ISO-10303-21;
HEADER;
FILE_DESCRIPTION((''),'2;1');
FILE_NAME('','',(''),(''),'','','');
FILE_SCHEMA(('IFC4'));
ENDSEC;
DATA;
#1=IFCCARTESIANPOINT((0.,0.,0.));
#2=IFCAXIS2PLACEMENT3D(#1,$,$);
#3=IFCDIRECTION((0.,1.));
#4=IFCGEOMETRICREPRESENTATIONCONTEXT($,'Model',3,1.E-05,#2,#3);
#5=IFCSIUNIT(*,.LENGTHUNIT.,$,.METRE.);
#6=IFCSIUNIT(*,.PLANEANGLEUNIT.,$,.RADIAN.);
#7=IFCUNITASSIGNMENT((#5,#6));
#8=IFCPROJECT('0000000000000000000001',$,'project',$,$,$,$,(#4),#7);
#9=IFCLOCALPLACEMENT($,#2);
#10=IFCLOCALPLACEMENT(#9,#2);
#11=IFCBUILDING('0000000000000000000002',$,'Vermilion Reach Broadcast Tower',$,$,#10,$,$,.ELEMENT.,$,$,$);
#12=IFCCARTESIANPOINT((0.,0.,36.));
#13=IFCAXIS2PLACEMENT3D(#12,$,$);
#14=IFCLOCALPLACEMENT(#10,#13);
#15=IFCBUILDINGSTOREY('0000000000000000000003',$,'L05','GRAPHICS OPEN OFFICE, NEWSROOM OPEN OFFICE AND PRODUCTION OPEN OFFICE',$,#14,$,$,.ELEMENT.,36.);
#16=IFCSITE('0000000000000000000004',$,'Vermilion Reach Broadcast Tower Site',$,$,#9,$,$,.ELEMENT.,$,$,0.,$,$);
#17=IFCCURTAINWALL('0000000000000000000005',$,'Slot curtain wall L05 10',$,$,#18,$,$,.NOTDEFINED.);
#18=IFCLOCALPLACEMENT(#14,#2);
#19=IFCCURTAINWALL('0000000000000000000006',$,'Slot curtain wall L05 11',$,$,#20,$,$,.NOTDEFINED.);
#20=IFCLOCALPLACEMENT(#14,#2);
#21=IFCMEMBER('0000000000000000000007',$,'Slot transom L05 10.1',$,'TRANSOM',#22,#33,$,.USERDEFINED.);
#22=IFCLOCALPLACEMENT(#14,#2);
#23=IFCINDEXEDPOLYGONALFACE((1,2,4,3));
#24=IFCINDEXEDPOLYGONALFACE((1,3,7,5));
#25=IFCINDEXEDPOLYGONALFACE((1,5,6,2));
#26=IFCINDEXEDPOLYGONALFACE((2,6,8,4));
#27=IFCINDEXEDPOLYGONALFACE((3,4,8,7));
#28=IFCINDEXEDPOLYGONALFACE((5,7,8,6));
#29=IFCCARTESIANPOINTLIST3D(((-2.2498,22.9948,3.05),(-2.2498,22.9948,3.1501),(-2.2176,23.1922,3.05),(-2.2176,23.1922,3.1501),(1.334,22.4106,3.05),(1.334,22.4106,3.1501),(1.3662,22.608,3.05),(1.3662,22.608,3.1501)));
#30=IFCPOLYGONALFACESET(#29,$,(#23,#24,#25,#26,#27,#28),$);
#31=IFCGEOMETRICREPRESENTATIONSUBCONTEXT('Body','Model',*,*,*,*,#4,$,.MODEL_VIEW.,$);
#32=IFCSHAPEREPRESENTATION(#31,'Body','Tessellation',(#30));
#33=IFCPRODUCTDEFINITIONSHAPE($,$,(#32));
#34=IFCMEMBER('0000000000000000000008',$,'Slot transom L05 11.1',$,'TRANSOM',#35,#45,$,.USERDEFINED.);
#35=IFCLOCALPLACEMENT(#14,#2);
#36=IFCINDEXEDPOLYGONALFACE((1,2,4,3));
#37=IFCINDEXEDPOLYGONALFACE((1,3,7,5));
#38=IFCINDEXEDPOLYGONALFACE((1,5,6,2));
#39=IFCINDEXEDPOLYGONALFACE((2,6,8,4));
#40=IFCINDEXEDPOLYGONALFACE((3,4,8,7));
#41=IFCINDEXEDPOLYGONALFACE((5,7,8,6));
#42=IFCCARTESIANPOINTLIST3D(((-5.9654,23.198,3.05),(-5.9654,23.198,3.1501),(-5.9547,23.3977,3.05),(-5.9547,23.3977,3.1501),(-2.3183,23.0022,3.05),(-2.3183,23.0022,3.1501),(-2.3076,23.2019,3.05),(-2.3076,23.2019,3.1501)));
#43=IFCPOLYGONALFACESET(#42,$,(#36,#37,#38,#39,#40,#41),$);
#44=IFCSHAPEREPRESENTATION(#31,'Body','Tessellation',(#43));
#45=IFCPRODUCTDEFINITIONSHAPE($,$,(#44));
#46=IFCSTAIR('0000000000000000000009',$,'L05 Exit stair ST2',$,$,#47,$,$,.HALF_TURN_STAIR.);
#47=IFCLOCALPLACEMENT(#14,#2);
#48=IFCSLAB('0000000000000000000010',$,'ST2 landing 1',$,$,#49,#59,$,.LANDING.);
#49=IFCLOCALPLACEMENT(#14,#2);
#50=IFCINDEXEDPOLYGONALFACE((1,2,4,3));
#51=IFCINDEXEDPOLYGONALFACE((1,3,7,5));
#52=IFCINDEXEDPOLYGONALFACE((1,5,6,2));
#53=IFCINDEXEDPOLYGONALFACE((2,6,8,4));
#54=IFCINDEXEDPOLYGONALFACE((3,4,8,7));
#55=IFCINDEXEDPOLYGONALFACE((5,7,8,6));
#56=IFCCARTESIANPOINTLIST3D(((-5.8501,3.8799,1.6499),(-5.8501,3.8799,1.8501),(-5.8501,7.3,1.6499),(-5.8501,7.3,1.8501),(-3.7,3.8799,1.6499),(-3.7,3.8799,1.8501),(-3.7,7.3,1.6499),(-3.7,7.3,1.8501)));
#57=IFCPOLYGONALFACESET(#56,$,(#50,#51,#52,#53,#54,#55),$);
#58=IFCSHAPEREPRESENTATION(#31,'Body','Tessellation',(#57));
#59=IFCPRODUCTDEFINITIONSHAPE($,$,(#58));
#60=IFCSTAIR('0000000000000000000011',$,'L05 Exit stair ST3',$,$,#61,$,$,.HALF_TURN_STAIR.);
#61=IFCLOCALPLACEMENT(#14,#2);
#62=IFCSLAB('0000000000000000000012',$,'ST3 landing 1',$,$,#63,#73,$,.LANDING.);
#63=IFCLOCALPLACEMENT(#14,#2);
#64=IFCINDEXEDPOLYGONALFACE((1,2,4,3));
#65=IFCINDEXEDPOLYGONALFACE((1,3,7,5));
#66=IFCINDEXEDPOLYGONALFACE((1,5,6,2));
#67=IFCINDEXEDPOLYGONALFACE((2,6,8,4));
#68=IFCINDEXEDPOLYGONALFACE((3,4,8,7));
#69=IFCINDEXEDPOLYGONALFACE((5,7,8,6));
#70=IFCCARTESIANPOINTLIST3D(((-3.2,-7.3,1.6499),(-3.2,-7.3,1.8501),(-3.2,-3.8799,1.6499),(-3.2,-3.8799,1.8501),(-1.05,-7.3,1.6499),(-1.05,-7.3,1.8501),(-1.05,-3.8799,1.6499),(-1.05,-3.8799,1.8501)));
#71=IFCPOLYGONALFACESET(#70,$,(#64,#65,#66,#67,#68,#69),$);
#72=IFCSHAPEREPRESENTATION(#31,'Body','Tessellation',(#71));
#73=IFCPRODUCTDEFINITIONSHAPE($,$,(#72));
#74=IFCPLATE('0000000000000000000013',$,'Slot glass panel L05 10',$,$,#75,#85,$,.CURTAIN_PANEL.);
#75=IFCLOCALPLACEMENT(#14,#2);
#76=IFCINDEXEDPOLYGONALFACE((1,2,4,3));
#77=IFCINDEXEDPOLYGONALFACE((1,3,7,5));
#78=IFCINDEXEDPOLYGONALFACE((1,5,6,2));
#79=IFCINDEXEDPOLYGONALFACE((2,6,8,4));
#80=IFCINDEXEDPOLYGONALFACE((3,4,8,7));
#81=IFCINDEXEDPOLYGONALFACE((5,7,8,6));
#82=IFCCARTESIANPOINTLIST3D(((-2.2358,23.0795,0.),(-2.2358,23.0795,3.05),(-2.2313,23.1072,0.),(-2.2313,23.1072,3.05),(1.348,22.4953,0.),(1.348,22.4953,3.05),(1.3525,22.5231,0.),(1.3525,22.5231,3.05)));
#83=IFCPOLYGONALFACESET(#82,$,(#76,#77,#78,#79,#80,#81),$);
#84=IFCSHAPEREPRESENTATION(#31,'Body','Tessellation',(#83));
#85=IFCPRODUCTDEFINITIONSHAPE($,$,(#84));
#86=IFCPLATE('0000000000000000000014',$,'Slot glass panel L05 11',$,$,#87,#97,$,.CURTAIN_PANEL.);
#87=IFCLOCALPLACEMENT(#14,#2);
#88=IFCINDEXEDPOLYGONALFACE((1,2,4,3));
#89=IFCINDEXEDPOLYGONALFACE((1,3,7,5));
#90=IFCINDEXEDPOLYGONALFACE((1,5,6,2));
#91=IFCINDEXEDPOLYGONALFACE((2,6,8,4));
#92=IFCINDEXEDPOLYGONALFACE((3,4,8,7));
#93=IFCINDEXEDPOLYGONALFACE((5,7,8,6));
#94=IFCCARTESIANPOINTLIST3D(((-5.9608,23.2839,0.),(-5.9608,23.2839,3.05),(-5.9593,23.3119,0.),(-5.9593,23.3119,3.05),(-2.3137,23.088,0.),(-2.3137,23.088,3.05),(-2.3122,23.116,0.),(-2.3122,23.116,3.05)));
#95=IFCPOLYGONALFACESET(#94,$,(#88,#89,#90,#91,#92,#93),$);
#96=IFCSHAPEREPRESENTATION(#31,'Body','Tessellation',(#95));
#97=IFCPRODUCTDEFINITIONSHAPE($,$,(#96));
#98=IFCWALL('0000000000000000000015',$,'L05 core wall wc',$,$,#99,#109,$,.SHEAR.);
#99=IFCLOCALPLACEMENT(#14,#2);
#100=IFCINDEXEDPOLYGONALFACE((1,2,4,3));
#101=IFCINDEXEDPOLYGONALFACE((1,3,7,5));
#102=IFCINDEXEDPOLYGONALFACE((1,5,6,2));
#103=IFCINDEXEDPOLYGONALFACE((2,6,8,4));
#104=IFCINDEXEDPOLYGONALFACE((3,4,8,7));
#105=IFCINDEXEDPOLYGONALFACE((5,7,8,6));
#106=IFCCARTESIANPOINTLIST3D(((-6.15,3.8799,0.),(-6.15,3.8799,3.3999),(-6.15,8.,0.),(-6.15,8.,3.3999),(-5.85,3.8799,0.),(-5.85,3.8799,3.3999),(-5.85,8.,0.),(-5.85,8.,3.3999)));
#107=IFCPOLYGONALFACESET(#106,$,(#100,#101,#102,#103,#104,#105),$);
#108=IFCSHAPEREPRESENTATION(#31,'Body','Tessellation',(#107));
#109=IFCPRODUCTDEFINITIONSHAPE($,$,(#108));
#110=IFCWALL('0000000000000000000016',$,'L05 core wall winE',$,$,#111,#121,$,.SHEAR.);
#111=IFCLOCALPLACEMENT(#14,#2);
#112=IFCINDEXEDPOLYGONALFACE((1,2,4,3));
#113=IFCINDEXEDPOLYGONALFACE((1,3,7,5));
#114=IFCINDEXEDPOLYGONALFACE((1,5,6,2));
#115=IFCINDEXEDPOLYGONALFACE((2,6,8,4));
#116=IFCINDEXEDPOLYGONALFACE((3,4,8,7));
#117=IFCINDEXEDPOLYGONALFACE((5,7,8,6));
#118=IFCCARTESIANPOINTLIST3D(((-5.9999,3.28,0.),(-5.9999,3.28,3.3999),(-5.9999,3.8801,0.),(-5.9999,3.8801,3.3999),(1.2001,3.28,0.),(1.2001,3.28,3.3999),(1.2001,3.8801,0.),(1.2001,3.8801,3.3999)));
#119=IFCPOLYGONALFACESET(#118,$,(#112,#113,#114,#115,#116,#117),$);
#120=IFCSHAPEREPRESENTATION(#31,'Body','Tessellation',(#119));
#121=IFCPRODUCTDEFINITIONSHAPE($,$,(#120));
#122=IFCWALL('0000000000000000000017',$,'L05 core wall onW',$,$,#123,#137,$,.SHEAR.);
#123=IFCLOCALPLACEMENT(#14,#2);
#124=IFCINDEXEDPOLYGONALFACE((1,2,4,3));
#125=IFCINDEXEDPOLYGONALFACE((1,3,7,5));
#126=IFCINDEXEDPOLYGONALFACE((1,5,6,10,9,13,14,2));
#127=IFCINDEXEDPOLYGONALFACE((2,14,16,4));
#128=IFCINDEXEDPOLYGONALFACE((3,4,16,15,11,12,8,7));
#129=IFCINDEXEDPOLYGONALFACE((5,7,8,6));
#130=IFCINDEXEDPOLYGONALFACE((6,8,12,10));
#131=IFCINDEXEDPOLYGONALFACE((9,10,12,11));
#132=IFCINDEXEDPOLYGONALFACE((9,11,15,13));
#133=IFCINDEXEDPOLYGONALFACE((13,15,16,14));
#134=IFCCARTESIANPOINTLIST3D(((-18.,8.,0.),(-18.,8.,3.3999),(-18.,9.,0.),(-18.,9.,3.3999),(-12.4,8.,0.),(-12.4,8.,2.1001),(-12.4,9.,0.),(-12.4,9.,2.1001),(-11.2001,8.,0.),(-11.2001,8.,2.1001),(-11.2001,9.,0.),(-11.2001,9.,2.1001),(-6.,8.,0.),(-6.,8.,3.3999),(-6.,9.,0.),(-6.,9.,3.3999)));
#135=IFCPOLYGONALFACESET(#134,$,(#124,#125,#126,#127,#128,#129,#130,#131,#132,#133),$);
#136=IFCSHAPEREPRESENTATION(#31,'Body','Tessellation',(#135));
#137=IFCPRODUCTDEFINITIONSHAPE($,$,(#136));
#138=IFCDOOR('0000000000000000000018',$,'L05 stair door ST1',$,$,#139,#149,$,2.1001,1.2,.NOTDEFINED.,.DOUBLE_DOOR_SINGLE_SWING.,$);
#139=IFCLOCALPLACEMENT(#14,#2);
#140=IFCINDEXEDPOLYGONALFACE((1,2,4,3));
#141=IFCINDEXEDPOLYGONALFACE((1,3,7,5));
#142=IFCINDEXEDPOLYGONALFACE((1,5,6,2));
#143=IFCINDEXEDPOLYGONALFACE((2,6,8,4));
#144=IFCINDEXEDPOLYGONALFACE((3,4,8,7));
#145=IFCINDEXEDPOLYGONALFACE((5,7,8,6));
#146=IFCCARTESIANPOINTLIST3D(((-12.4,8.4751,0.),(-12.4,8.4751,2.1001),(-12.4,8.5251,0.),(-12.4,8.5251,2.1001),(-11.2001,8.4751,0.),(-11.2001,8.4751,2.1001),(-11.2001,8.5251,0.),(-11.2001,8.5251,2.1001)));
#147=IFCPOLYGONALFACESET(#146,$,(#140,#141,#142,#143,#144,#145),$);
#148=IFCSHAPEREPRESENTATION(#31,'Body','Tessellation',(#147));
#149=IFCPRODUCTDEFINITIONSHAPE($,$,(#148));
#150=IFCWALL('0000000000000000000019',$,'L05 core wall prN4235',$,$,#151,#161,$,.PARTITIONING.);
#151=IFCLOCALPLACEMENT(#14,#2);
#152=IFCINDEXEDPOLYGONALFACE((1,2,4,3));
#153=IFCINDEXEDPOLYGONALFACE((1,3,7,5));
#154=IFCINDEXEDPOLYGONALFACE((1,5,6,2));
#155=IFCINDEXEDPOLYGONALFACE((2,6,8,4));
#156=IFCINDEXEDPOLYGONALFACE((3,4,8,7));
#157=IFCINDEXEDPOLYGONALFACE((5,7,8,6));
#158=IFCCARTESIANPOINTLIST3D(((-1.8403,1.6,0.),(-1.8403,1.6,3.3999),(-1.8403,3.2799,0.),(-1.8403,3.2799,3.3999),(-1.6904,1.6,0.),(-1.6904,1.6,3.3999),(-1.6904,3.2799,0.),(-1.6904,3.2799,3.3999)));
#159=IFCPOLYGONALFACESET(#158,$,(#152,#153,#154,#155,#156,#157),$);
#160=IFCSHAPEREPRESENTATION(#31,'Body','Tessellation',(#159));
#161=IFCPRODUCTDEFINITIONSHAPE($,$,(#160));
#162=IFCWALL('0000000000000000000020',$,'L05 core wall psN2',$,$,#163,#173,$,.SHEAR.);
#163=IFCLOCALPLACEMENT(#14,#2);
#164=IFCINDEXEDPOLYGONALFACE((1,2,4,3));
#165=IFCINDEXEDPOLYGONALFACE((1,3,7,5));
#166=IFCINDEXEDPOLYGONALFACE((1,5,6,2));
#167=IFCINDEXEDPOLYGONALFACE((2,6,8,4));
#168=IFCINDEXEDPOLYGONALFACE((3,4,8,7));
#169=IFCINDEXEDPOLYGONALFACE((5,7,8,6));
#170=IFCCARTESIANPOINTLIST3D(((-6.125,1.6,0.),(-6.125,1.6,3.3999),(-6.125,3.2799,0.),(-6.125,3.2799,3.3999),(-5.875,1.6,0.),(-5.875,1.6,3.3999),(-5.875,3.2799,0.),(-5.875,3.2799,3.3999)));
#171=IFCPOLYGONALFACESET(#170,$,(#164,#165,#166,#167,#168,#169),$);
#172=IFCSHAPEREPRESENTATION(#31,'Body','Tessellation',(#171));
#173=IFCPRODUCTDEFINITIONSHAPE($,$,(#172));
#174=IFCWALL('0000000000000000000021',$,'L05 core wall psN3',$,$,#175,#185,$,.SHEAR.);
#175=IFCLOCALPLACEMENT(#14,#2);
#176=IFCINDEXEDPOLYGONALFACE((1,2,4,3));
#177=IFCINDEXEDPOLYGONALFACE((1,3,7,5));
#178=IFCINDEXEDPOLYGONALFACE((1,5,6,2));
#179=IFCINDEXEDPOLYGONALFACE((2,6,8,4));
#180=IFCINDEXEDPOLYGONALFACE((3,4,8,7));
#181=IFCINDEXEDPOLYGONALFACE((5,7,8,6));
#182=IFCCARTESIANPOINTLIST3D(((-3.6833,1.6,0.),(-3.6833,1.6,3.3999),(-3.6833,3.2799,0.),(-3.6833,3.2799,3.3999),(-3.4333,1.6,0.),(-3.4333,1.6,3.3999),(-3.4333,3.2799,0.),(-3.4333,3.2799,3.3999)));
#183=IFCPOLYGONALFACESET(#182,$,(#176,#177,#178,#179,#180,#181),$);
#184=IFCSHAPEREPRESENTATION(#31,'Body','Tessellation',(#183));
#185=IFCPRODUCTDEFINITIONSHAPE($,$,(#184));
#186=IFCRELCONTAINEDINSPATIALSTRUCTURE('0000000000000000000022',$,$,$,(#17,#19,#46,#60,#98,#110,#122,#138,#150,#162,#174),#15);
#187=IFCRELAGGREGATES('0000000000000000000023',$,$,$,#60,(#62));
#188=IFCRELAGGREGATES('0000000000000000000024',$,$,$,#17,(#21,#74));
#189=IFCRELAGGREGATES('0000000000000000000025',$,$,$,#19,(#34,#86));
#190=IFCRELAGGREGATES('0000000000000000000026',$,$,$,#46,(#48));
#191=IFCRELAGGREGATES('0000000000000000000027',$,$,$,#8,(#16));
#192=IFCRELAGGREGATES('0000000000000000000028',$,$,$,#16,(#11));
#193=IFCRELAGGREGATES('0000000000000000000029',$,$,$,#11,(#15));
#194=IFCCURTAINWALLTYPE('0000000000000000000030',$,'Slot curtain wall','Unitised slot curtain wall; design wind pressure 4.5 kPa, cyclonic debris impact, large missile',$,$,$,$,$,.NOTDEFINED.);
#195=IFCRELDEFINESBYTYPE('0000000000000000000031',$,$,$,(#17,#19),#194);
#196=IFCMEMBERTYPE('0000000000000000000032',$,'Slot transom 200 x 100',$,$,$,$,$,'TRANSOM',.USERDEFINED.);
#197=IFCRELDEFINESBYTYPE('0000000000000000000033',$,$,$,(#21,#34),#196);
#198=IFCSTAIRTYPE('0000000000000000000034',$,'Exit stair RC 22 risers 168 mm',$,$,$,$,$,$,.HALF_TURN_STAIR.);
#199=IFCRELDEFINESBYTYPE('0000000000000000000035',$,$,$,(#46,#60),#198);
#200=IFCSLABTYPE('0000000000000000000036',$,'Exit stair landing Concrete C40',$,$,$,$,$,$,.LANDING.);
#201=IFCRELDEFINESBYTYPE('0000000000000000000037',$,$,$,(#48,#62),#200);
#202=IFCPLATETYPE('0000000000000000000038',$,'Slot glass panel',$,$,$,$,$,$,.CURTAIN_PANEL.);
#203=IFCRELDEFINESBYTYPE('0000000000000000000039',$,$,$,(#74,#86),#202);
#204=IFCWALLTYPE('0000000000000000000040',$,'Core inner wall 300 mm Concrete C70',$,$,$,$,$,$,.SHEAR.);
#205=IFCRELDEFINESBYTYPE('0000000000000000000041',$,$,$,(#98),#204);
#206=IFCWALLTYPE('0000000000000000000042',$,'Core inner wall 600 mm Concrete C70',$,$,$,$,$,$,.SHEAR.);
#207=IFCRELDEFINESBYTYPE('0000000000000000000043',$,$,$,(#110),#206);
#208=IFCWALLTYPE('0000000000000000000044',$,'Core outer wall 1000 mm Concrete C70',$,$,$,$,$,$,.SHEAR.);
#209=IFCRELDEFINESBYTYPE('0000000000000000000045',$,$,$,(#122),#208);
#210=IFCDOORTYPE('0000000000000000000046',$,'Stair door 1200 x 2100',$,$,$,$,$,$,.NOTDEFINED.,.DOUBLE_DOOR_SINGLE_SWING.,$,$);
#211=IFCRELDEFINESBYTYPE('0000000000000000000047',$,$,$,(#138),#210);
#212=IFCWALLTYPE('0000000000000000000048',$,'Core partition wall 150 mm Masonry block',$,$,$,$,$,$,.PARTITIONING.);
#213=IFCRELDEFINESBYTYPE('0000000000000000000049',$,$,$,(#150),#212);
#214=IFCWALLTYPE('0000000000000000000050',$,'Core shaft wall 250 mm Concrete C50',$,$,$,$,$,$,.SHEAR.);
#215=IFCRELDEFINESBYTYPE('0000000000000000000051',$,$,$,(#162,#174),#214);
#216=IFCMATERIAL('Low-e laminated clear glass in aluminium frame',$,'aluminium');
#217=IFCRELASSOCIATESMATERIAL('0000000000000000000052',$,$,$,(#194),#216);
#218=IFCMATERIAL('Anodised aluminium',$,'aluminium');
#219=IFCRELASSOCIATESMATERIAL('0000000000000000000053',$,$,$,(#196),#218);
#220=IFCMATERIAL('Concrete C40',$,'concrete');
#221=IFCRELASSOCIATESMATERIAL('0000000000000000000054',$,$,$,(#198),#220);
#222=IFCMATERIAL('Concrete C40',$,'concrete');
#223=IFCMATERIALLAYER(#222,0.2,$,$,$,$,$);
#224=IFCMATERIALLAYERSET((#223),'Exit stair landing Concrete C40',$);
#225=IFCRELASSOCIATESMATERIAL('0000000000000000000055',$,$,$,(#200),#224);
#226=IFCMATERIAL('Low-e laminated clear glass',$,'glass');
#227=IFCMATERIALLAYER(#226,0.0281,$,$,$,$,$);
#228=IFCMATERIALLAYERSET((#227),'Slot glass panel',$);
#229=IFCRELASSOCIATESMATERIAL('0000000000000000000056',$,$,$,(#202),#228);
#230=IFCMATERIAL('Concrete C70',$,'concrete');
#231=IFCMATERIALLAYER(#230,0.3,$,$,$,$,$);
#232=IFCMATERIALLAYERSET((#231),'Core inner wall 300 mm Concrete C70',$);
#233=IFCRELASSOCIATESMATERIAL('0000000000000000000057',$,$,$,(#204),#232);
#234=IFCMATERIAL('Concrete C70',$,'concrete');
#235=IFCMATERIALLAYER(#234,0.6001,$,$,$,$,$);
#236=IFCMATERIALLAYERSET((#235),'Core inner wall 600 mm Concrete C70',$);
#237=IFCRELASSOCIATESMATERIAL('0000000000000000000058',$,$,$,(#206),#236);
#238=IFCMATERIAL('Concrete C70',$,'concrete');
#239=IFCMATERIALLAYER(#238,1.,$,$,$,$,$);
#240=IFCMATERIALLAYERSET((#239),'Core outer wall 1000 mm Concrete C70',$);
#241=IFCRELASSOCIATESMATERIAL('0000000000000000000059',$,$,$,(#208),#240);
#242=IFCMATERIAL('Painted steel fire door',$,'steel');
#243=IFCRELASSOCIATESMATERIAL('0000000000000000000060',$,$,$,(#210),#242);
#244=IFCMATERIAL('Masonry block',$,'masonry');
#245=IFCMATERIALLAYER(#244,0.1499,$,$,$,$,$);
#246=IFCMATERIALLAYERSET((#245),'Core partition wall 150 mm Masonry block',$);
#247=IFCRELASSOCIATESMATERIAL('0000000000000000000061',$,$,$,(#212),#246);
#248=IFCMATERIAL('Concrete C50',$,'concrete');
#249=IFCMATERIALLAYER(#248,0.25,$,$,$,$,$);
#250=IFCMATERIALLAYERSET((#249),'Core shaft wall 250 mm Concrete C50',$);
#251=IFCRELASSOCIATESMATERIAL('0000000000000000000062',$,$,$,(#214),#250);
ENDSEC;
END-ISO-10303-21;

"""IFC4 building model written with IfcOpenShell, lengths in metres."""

from ifc_helpers import new_model, si_unit, direction, frame, frame_2d, origin, origin_2d, place, context, subcontext, project, spatial, polyline, rectangle, outline, extrude, material, layer, layer_set, material_profile, profile_set, type_object, element, fill, aggregate, save


model = new_model("IFC4")

# Units and contexts
model_context = context("Model", 3, precision=1e-05, world=origin(), true_north=direction((0.0, 1.0)))
body_context = subcontext(model_context, "Body", "Model", "MODEL_VIEW")
ifc_project = project(units=[si_unit("LENGTHUNIT", "METRE"), si_unit("PLANEANGLEUNIT", "RADIAN")], contexts=[model_context])

# Site, building, storey
site_placement = place(None, origin())
site = spatial("IfcSite", under=ifc_project, at=site_placement, Name="Vermilion Reach Broadcast Tower Site", CompositionType="ELEMENT", RefElevation=0.0)
building_placement = place(site_placement, origin())
building = spatial("IfcBuilding", under=site, at=building_placement, Name="Vermilion Reach Broadcast Tower", CompositionType="ELEMENT")
storey_placement = place(building_placement, frame((0.0, 0.0, 36.0)))
storey = spatial("IfcBuildingStorey", under=building, at=storey_placement, Name="L05", Description="GRAPHICS OPEN OFFICE, NEWSROOM OPEN OFFICE AND PRODUCTION OPEN OFFICE", CompositionType="ELEMENT", Elevation=36.0)

# Curtain walls
ifc_material_1 = material(Name="Low-e laminated clear glass in aluminium frame", Category="aluminium")
curtain_wall_type = type_object("IfcCurtainWallType", Name="Slot curtain wall", Description="Unitised slot curtain wall; design wind pressure 4.5 kPa, cyclonic debris impact, large missile", PredefinedType="NOTDEFINED", material=ifc_material_1)
placement_1 = place(storey_placement, origin())
curtain_wall_1 = element("IfcCurtainWall", 1, at=placement_1, inside=storey, type_object=curtain_wall_type, Name="Slot curtain wall L05 10", PredefinedType="NOTDEFINED")
curtain_wall_2 = element("IfcCurtainWall", 2, at=placement_1, inside=storey, type_object=curtain_wall_type, Name="Slot curtain wall L05 11", PredefinedType="NOTDEFINED")

# Members
ifc_material_2 = material(Name="Anodised aluminium", Category="aluminium")
ifc_material_profile_1 = material_profile(ifc_material_2, rectangle(XDim=0.2, YDim=0.1001, at=origin_2d()), Name="Slot transom 200 x 100")
ifc_profile_set_1 = profile_set([ifc_material_profile_1], Name="Anodised aluminium")
member_type_1 = type_object("IfcMemberType", Name="Slot transom 200 x 100", ElementType="TRANSOM", PredefinedType="USERDEFINED", material=ifc_profile_set_1)
member_1_placement = place(storey_placement, frame((1.3501, 22.5093, 3.1001), z_axis=(-0.986971, 0.160898, 0.0), x_axis=(-0.160898, -0.986971, 0.0)))
member_1 = element("IfcMember", 3, at=member_1_placement, type_object=member_type_1, Name="Slot transom L05 10.1", ObjectType="TRANSOM", PredefinedType="USERDEFINED", context=body_context, shape_type="SweptSolid", body=[
    extrude(rectangle(XDim=0.2, YDim=0.1001, at=origin_2d()), origin(), (0.0, 0.0, 1.0), 3.6311),
])
member_2_placement = place(storey_placement, frame((-2.313, 23.1021, 3.1001), z_axis=(-0.998562, 0.053611, 0.0), x_axis=(-0.053611, -0.998562, 0.0)))
member_2 = element("IfcMember", 4, at=member_2_placement, type_object=member_type_1, Name="Slot transom L05 11.1", ObjectType="TRANSOM", PredefinedType="USERDEFINED", context=body_context, shape_type="SweptSolid", body=[
    extrude(rectangle(XDim=0.2, YDim=0.1001, at=origin_2d()), origin(), (0.0, 0.0, 1.0), 3.6523),
])

# Stairs, slabs
ifc_material_3 = material(Name="Concrete C40", Category="concrete")
stair_type = type_object("IfcStairType", Name="Exit stair RC 22 risers 168 mm", PredefinedType="HALF_TURN_STAIR", material=ifc_material_3)
stair_1 = element("IfcStair", 5, at=placement_1, inside=storey, type_object=stair_type, Name="L05 Exit stair ST2", PredefinedType="HALF_TURN_STAIR")
ifc_material_4 = material(Name="Concrete C40", Category="concrete")
ifc_layer_1 = layer(ifc_material_4, 0.2)
ifc_layer_set_1 = layer_set([ifc_layer_1], Name="Exit stair landing Concrete C40")
slab_type = type_object("IfcSlabType", Name="Exit stair landing Concrete C40", PredefinedType="LANDING", material=ifc_layer_set_1)
placement_2 = place(storey_placement, frame((0.0, 0.0, 1.6499)))
slab_1 = element("IfcSlab", 6, at=placement_2, type_object=slab_type, Name="ST2 landing 1", PredefinedType="LANDING", context=body_context, shape_type="SweptSolid", body=[
    extrude(outline(polyline([(-3.7, 7.3), (-5.8501, 7.3), (-5.8501, 3.8799), (-3.7, 3.8799), (-3.7, 7.3)])), origin(), (0.0, 0.0, 1.0), 0.2002),
])
stair_2 = element("IfcStair", 7, at=placement_1, inside=storey, type_object=stair_type, Name="L05 Exit stair ST3", PredefinedType="HALF_TURN_STAIR")
slab_2 = element("IfcSlab", 8, at=placement_2, type_object=slab_type, Name="ST3 landing 1", PredefinedType="LANDING", context=body_context, shape_type="SweptSolid", body=[
    extrude(outline(polyline([(-3.2, -7.3), (-1.05, -7.3), (-1.05, -3.8799), (-3.2, -3.8799), (-3.2, -7.3)])), origin(), (0.0, 0.0, 1.0), 0.2002),
])
aggregate(stair_2, [slab_2])

# Plates
ifc_material_5 = material(Name="Low-e laminated clear glass", Category="glass")
ifc_layer_2 = layer(ifc_material_5, 0.0281)
ifc_layer_set_2 = layer_set([ifc_layer_2], Name="Slot glass panel")
plate_type = type_object("IfcPlateType", Name="Slot glass panel", PredefinedType="CURTAIN_PANEL", material=ifc_layer_set_2)
plate_1_placement = place(storey_placement, frame((-0.4417, 22.8013, 0.0), z_axis=(0.0, 0.0, 1.0), x_axis=(-0.986975, 0.160872, 0.0)))
plate_1 = element("IfcPlate", 9, at=plate_1_placement, type_object=plate_type, Name="Slot glass panel L05 10", PredefinedType="CURTAIN_PANEL", context=body_context, shape_type="SweptSolid", body=[
    extrude(rectangle(XDim=3.6311, YDim=0.0281, at=origin_2d()), origin(), (0.0, 0.0, 1.0), 3.05),
])
aggregate(curtain_wall_1, [member_1, plate_1])
plate_2_placement = place(storey_placement, frame((-4.1365, 23.2, 0.0), z_axis=(0.0, 0.0, 1.0), x_axis=(-0.998561, 0.053631, 0.0)))
plate_2 = element("IfcPlate", 10, at=plate_2_placement, type_object=plate_type, Name="Slot glass panel L05 11", PredefinedType="CURTAIN_PANEL", context=body_context, shape_type="SweptSolid", body=[
    extrude(rectangle(XDim=3.6523, YDim=0.0281, at=origin_2d()), origin(), (0.0, 0.0, 1.0), 3.05),
])
aggregate(curtain_wall_2, [member_2, plate_2])

# Walls
ifc_material_6 = material(Name="Concrete C70", Category="concrete")
ifc_layer_3 = layer(ifc_material_6, 0.3)
ifc_layer_set_3 = layer_set([ifc_layer_3], Name="Core inner wall 300 mm Concrete C70")
wall_type_1 = type_object("IfcWallType", Name="Core inner wall 300 mm Concrete C70", PredefinedType="SHEAR", material=ifc_layer_set_3)
wall_1_placement = place(storey_placement, frame((-6.0, 3.8799, 0.0), z_axis=(0.0, 0.0, 1.0), x_axis=(0.0, 1.0, 0.0)))
element("IfcWall", 11, at=wall_1_placement, inside=storey, type_object=wall_type_1, Name="L05 core wall wc", PredefinedType="SHEAR", context=body_context, shape_type="SweptSolid", body=[
    extrude(rectangle(XDim=4.1201, YDim=0.3, at=frame_2d((2.0601, 0.0))), origin(), (0.0, 0.0, 1.0), 3.3999),
])
ifc_material_7 = material(Name="Concrete C70", Category="concrete")
ifc_layer_4 = layer(ifc_material_7, 0.6001)
ifc_layer_set_4 = layer_set([ifc_layer_4], Name="Core inner wall 600 mm Concrete C70")
wall_type_2 = type_object("IfcWallType", Name="Core inner wall 600 mm Concrete C70", PredefinedType="SHEAR", material=ifc_layer_set_4)
wall_2_placement = place(storey_placement, frame((-6.0, 3.5801, 0.0), z_axis=(0.0, 0.0, 1.0), x_axis=(1.0, 0.0, 0.0)))
element("IfcWall", 12, at=wall_2_placement, inside=storey, type_object=wall_type_2, Name="L05 core wall winE", PredefinedType="SHEAR", context=body_context, shape_type="SweptSolid", body=[
    extrude(rectangle(XDim=7.2, YDim=0.6001, at=frame_2d((3.6001, 0.0))), origin(), (0.0, 0.0, 1.0), 3.3999),
])

# Wall, opening, door
ifc_material_8 = material(Name="Concrete C70", Category="concrete")
ifc_layer_5 = layer(ifc_material_8, 1.0)
ifc_layer_set_5 = layer_set([ifc_layer_5], Name="Core outer wall 1000 mm Concrete C70")
wall_type_3 = type_object("IfcWallType", Name="Core outer wall 1000 mm Concrete C70", PredefinedType="SHEAR", material=ifc_layer_set_5)
wall_3_placement = place(storey_placement, frame((-6.0, 8.5, 0.0), z_axis=(0.0, 0.0, 1.0), x_axis=(-1.0, 0.0, 0.0)))
wall_3 = element("IfcWall", 13, at=wall_3_placement, inside=storey, type_object=wall_type_3, Name="L05 core wall onW", PredefinedType="SHEAR", context=body_context, shape_type="SweptSolid", body=[
    extrude(rectangle(XDim=12.0, YDim=1.0, at=frame_2d((6.0, 0.0))), origin(), (0.0, 0.0, 1.0), 3.3999),
])
opening_placement = place(wall_3_placement, frame((5.2, 0.0, 0.0)))
opening = element("IfcOpeningElement", 14, at=opening_placement, cuts=wall_3, PredefinedType="OPENING", context=body_context, shape_type="SweptSolid", body=[
    extrude(rectangle(XDim=1.2, YDim=2.1001, at=frame_2d((0.6001, 1.05))), frame((0.0, 0.51, 0.0), z_axis=(0.0, -1.0, 0.0), x_axis=(1.0, 0.0, 0.0)), (0.0, 0.0, 1.0), 1.02),
])
ifc_material_9 = material(Name="Painted steel fire door", Category="steel")
door_type = type_object("IfcDoorType", Name="Stair door 1200 x 2100", OperationType="DOUBLE_DOOR_SINGLE_SWING", PredefinedType="NOTDEFINED", material=ifc_material_9)
door_placement = place(opening_placement, origin())
door = element("IfcDoor", 15, at=door_placement, inside=storey, type_object=door_type, Name="L05 stair door ST1", OperationType="DOUBLE_DOOR_SINGLE_SWING", OverallHeight=2.1001, OverallWidth=1.2, PredefinedType="NOTDEFINED", context=body_context, shape_type="SweptSolid", body=[
    extrude(rectangle(XDim=1.2, YDim=2.1001, at=frame_2d((0.6001, 1.05))), frame((0.0, 0.0249, 0.0), z_axis=(0.0, -1.0, 0.0), x_axis=(1.0, 0.0, 0.0)), (0.0, 0.0, 1.0), 0.05),
])
fill(opening, door)

# Walls
ifc_material_10 = material(Name="Masonry block", Category="masonry")
ifc_layer_6 = layer(ifc_material_10, 0.1499)
ifc_layer_set_6 = layer_set([ifc_layer_6], Name="Core partition wall 150 mm Masonry block")
wall_type_4 = type_object("IfcWallType", Name="Core partition wall 150 mm Masonry block", PredefinedType="PARTITIONING", material=ifc_layer_set_6)
wall_4_placement = place(storey_placement, frame((-1.7654, 1.6001, 0.0), z_axis=(0.0, 0.0, 1.0), x_axis=(0.0, 1.0, 0.0)))
element("IfcWall", 16, at=wall_4_placement, inside=storey, type_object=wall_type_4, Name="L05 core wall prN4235", PredefinedType="PARTITIONING", context=body_context, shape_type="SweptSolid", body=[
    extrude(rectangle(XDim=1.6799, YDim=0.1499, at=frame_2d((0.8398, 0.0))), origin(), (0.0, 0.0, 1.0), 3.3999),
])
ifc_material_11 = material(Name="Concrete C50", Category="concrete")
ifc_layer_7 = layer(ifc_material_11, 0.25)
ifc_layer_set_7 = layer_set([ifc_layer_7], Name="Core shaft wall 250 mm Concrete C50")
wall_type_5 = type_object("IfcWallType", Name="Core shaft wall 250 mm Concrete C50", PredefinedType="SHEAR", material=ifc_layer_set_7)
for number, where, z_axis, x_axis, name in (
    (17, (-6.0, 1.6001, 0.0), (0.0, 0.0, 1.0), (0.0, 1.0, 0.0), "L05 core wall psN2"),
    (18, (-3.5583, 1.6001, 0.0), (0.0, 0.0, 1.0), (0.0, 1.0, 0.0), "L05 core wall psN3"),
):
    element("IfcWall", number, at=place(storey_placement, frame(where, z_axis=z_axis, x_axis=x_axis)), inside=storey, type_object=wall_type_5, Name=name, PredefinedType="SHEAR", context=body_context, shape_type="SweptSolid", body=[
        extrude(rectangle(XDim=1.6799, YDim=0.25, at=frame_2d((0.8398, 0.0))), origin(), (0.0, 0.0, 1.0), 3.3999),
    ])

aggregate(stair_1, [slab_1])

save(model, "model.ifc")
